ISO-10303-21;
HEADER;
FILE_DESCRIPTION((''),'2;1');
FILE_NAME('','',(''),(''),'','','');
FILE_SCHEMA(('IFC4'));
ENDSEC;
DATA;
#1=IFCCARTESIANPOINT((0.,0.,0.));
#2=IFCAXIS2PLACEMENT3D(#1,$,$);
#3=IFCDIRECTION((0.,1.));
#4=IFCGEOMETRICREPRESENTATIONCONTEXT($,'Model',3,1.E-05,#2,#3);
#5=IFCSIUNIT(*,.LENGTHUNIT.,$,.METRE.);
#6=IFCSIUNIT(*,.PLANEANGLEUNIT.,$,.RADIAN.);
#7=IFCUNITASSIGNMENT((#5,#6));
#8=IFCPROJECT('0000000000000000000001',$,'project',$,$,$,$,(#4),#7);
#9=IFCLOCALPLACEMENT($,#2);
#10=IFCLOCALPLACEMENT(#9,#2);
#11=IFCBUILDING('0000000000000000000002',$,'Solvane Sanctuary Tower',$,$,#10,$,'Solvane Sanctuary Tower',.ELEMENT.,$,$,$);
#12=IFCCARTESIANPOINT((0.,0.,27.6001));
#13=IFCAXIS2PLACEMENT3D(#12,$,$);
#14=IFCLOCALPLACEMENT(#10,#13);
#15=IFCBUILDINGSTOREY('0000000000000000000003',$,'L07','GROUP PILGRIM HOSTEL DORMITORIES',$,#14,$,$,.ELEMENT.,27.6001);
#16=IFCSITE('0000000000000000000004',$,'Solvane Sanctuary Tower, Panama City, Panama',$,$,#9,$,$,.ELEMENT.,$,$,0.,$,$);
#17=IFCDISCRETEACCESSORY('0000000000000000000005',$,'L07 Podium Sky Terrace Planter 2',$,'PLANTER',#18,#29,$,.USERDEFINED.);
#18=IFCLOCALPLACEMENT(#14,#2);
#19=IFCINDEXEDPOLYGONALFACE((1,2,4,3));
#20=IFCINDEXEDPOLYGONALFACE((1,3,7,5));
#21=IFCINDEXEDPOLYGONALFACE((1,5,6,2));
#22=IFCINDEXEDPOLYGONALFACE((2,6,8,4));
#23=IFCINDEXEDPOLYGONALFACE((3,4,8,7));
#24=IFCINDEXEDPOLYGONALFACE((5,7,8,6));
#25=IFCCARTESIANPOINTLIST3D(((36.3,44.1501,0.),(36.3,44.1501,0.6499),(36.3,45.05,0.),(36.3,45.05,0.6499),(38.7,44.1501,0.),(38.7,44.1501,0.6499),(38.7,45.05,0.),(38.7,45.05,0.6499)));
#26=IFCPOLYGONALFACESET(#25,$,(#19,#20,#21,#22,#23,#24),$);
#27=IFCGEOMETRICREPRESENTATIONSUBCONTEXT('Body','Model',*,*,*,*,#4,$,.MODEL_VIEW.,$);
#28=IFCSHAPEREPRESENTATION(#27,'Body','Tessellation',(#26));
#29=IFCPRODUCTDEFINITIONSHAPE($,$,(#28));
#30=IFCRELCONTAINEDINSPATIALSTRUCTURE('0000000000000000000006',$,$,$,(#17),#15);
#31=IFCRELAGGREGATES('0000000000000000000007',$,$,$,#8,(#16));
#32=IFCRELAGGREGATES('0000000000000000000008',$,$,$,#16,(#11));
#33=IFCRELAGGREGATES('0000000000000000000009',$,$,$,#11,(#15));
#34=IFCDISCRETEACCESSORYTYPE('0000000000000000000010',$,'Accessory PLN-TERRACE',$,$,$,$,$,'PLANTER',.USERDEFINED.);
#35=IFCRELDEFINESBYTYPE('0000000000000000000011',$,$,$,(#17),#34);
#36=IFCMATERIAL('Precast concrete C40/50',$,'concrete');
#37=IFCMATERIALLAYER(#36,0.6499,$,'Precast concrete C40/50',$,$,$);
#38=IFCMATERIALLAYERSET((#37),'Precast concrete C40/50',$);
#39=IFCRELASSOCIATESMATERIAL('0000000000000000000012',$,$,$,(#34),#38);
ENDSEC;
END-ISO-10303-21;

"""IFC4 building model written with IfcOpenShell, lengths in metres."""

from ifc_helpers import new_model, si_unit, direction, frame, origin, origin_2d, place, context, subcontext, project, spatial, rectangle, extrude, material, layer, layer_set, type_object, element, save


model = new_model("IFC4")

# Units and contexts
model_context = context("Model", 3, precision=1e-05, world=origin(), true_north=direction((0.0, 1.0)))
body_context = subcontext(model_context, "Body", "Model", "MODEL_VIEW")
ifc_project = project(units=[si_unit("LENGTHUNIT", "METRE"), si_unit("PLANEANGLEUNIT", "RADIAN")], contexts=[model_context])

# Site, building, storey
site_placement = place(None, origin())
site = spatial("IfcSite", under=ifc_project, at=site_placement, Name="Solvane Sanctuary Tower, Panama City, Panama", CompositionType="ELEMENT", RefElevation=0.0)
building_placement = place(site_placement, origin())
building = spatial("IfcBuilding", under=site, at=building_placement, Name="Solvane Sanctuary Tower", LongName="Solvane Sanctuary Tower", CompositionType="ELEMENT")
storey_placement = place(building_placement, frame((0.0, 0.0, 27.6001)))
storey = spatial("IfcBuildingStorey", under=building, at=storey_placement, Name="L07", Description="GROUP PILGRIM HOSTEL DORMITORIES", CompositionType="ELEMENT", Elevation=27.6001)

# Shared definitions
ifc_material_1 = material(Name="Precast concrete C40/50", Category="concrete")

# Discrete accessory
ifc_layer_1 = layer(ifc_material_1, 0.6499, Name="Precast concrete C40/50")
ifc_layer_set_1 = layer_set([ifc_layer_1], Name="Precast concrete C40/50")
discrete_accessory_type = type_object("IfcDiscreteAccessoryType", Name="Accessory PLN-TERRACE", ElementType="PLANTER", PredefinedType="USERDEFINED", material=ifc_layer_set_1)
discrete_accessory_placement = place(storey_placement, frame((37.5, 44.6001, 0.0), z_axis=(0.0, 0.0, 1.0), x_axis=(1.0, 0.0, 0.0)))
element("IfcDiscreteAccessory", 1, at=discrete_accessory_placement, inside=storey, type_object=discrete_accessory_type, Name="L07 Podium Sky Terrace Planter 2", ObjectType="PLANTER", PredefinedType="USERDEFINED", context=body_context, shape_type="SweptSolid", body=[
    extrude(rectangle(XDim=2.3999, YDim=0.8999, at=origin_2d()), origin(), (0.0, 0.0, 1.0), 0.6499),
])

save(model, "model.ifc")
